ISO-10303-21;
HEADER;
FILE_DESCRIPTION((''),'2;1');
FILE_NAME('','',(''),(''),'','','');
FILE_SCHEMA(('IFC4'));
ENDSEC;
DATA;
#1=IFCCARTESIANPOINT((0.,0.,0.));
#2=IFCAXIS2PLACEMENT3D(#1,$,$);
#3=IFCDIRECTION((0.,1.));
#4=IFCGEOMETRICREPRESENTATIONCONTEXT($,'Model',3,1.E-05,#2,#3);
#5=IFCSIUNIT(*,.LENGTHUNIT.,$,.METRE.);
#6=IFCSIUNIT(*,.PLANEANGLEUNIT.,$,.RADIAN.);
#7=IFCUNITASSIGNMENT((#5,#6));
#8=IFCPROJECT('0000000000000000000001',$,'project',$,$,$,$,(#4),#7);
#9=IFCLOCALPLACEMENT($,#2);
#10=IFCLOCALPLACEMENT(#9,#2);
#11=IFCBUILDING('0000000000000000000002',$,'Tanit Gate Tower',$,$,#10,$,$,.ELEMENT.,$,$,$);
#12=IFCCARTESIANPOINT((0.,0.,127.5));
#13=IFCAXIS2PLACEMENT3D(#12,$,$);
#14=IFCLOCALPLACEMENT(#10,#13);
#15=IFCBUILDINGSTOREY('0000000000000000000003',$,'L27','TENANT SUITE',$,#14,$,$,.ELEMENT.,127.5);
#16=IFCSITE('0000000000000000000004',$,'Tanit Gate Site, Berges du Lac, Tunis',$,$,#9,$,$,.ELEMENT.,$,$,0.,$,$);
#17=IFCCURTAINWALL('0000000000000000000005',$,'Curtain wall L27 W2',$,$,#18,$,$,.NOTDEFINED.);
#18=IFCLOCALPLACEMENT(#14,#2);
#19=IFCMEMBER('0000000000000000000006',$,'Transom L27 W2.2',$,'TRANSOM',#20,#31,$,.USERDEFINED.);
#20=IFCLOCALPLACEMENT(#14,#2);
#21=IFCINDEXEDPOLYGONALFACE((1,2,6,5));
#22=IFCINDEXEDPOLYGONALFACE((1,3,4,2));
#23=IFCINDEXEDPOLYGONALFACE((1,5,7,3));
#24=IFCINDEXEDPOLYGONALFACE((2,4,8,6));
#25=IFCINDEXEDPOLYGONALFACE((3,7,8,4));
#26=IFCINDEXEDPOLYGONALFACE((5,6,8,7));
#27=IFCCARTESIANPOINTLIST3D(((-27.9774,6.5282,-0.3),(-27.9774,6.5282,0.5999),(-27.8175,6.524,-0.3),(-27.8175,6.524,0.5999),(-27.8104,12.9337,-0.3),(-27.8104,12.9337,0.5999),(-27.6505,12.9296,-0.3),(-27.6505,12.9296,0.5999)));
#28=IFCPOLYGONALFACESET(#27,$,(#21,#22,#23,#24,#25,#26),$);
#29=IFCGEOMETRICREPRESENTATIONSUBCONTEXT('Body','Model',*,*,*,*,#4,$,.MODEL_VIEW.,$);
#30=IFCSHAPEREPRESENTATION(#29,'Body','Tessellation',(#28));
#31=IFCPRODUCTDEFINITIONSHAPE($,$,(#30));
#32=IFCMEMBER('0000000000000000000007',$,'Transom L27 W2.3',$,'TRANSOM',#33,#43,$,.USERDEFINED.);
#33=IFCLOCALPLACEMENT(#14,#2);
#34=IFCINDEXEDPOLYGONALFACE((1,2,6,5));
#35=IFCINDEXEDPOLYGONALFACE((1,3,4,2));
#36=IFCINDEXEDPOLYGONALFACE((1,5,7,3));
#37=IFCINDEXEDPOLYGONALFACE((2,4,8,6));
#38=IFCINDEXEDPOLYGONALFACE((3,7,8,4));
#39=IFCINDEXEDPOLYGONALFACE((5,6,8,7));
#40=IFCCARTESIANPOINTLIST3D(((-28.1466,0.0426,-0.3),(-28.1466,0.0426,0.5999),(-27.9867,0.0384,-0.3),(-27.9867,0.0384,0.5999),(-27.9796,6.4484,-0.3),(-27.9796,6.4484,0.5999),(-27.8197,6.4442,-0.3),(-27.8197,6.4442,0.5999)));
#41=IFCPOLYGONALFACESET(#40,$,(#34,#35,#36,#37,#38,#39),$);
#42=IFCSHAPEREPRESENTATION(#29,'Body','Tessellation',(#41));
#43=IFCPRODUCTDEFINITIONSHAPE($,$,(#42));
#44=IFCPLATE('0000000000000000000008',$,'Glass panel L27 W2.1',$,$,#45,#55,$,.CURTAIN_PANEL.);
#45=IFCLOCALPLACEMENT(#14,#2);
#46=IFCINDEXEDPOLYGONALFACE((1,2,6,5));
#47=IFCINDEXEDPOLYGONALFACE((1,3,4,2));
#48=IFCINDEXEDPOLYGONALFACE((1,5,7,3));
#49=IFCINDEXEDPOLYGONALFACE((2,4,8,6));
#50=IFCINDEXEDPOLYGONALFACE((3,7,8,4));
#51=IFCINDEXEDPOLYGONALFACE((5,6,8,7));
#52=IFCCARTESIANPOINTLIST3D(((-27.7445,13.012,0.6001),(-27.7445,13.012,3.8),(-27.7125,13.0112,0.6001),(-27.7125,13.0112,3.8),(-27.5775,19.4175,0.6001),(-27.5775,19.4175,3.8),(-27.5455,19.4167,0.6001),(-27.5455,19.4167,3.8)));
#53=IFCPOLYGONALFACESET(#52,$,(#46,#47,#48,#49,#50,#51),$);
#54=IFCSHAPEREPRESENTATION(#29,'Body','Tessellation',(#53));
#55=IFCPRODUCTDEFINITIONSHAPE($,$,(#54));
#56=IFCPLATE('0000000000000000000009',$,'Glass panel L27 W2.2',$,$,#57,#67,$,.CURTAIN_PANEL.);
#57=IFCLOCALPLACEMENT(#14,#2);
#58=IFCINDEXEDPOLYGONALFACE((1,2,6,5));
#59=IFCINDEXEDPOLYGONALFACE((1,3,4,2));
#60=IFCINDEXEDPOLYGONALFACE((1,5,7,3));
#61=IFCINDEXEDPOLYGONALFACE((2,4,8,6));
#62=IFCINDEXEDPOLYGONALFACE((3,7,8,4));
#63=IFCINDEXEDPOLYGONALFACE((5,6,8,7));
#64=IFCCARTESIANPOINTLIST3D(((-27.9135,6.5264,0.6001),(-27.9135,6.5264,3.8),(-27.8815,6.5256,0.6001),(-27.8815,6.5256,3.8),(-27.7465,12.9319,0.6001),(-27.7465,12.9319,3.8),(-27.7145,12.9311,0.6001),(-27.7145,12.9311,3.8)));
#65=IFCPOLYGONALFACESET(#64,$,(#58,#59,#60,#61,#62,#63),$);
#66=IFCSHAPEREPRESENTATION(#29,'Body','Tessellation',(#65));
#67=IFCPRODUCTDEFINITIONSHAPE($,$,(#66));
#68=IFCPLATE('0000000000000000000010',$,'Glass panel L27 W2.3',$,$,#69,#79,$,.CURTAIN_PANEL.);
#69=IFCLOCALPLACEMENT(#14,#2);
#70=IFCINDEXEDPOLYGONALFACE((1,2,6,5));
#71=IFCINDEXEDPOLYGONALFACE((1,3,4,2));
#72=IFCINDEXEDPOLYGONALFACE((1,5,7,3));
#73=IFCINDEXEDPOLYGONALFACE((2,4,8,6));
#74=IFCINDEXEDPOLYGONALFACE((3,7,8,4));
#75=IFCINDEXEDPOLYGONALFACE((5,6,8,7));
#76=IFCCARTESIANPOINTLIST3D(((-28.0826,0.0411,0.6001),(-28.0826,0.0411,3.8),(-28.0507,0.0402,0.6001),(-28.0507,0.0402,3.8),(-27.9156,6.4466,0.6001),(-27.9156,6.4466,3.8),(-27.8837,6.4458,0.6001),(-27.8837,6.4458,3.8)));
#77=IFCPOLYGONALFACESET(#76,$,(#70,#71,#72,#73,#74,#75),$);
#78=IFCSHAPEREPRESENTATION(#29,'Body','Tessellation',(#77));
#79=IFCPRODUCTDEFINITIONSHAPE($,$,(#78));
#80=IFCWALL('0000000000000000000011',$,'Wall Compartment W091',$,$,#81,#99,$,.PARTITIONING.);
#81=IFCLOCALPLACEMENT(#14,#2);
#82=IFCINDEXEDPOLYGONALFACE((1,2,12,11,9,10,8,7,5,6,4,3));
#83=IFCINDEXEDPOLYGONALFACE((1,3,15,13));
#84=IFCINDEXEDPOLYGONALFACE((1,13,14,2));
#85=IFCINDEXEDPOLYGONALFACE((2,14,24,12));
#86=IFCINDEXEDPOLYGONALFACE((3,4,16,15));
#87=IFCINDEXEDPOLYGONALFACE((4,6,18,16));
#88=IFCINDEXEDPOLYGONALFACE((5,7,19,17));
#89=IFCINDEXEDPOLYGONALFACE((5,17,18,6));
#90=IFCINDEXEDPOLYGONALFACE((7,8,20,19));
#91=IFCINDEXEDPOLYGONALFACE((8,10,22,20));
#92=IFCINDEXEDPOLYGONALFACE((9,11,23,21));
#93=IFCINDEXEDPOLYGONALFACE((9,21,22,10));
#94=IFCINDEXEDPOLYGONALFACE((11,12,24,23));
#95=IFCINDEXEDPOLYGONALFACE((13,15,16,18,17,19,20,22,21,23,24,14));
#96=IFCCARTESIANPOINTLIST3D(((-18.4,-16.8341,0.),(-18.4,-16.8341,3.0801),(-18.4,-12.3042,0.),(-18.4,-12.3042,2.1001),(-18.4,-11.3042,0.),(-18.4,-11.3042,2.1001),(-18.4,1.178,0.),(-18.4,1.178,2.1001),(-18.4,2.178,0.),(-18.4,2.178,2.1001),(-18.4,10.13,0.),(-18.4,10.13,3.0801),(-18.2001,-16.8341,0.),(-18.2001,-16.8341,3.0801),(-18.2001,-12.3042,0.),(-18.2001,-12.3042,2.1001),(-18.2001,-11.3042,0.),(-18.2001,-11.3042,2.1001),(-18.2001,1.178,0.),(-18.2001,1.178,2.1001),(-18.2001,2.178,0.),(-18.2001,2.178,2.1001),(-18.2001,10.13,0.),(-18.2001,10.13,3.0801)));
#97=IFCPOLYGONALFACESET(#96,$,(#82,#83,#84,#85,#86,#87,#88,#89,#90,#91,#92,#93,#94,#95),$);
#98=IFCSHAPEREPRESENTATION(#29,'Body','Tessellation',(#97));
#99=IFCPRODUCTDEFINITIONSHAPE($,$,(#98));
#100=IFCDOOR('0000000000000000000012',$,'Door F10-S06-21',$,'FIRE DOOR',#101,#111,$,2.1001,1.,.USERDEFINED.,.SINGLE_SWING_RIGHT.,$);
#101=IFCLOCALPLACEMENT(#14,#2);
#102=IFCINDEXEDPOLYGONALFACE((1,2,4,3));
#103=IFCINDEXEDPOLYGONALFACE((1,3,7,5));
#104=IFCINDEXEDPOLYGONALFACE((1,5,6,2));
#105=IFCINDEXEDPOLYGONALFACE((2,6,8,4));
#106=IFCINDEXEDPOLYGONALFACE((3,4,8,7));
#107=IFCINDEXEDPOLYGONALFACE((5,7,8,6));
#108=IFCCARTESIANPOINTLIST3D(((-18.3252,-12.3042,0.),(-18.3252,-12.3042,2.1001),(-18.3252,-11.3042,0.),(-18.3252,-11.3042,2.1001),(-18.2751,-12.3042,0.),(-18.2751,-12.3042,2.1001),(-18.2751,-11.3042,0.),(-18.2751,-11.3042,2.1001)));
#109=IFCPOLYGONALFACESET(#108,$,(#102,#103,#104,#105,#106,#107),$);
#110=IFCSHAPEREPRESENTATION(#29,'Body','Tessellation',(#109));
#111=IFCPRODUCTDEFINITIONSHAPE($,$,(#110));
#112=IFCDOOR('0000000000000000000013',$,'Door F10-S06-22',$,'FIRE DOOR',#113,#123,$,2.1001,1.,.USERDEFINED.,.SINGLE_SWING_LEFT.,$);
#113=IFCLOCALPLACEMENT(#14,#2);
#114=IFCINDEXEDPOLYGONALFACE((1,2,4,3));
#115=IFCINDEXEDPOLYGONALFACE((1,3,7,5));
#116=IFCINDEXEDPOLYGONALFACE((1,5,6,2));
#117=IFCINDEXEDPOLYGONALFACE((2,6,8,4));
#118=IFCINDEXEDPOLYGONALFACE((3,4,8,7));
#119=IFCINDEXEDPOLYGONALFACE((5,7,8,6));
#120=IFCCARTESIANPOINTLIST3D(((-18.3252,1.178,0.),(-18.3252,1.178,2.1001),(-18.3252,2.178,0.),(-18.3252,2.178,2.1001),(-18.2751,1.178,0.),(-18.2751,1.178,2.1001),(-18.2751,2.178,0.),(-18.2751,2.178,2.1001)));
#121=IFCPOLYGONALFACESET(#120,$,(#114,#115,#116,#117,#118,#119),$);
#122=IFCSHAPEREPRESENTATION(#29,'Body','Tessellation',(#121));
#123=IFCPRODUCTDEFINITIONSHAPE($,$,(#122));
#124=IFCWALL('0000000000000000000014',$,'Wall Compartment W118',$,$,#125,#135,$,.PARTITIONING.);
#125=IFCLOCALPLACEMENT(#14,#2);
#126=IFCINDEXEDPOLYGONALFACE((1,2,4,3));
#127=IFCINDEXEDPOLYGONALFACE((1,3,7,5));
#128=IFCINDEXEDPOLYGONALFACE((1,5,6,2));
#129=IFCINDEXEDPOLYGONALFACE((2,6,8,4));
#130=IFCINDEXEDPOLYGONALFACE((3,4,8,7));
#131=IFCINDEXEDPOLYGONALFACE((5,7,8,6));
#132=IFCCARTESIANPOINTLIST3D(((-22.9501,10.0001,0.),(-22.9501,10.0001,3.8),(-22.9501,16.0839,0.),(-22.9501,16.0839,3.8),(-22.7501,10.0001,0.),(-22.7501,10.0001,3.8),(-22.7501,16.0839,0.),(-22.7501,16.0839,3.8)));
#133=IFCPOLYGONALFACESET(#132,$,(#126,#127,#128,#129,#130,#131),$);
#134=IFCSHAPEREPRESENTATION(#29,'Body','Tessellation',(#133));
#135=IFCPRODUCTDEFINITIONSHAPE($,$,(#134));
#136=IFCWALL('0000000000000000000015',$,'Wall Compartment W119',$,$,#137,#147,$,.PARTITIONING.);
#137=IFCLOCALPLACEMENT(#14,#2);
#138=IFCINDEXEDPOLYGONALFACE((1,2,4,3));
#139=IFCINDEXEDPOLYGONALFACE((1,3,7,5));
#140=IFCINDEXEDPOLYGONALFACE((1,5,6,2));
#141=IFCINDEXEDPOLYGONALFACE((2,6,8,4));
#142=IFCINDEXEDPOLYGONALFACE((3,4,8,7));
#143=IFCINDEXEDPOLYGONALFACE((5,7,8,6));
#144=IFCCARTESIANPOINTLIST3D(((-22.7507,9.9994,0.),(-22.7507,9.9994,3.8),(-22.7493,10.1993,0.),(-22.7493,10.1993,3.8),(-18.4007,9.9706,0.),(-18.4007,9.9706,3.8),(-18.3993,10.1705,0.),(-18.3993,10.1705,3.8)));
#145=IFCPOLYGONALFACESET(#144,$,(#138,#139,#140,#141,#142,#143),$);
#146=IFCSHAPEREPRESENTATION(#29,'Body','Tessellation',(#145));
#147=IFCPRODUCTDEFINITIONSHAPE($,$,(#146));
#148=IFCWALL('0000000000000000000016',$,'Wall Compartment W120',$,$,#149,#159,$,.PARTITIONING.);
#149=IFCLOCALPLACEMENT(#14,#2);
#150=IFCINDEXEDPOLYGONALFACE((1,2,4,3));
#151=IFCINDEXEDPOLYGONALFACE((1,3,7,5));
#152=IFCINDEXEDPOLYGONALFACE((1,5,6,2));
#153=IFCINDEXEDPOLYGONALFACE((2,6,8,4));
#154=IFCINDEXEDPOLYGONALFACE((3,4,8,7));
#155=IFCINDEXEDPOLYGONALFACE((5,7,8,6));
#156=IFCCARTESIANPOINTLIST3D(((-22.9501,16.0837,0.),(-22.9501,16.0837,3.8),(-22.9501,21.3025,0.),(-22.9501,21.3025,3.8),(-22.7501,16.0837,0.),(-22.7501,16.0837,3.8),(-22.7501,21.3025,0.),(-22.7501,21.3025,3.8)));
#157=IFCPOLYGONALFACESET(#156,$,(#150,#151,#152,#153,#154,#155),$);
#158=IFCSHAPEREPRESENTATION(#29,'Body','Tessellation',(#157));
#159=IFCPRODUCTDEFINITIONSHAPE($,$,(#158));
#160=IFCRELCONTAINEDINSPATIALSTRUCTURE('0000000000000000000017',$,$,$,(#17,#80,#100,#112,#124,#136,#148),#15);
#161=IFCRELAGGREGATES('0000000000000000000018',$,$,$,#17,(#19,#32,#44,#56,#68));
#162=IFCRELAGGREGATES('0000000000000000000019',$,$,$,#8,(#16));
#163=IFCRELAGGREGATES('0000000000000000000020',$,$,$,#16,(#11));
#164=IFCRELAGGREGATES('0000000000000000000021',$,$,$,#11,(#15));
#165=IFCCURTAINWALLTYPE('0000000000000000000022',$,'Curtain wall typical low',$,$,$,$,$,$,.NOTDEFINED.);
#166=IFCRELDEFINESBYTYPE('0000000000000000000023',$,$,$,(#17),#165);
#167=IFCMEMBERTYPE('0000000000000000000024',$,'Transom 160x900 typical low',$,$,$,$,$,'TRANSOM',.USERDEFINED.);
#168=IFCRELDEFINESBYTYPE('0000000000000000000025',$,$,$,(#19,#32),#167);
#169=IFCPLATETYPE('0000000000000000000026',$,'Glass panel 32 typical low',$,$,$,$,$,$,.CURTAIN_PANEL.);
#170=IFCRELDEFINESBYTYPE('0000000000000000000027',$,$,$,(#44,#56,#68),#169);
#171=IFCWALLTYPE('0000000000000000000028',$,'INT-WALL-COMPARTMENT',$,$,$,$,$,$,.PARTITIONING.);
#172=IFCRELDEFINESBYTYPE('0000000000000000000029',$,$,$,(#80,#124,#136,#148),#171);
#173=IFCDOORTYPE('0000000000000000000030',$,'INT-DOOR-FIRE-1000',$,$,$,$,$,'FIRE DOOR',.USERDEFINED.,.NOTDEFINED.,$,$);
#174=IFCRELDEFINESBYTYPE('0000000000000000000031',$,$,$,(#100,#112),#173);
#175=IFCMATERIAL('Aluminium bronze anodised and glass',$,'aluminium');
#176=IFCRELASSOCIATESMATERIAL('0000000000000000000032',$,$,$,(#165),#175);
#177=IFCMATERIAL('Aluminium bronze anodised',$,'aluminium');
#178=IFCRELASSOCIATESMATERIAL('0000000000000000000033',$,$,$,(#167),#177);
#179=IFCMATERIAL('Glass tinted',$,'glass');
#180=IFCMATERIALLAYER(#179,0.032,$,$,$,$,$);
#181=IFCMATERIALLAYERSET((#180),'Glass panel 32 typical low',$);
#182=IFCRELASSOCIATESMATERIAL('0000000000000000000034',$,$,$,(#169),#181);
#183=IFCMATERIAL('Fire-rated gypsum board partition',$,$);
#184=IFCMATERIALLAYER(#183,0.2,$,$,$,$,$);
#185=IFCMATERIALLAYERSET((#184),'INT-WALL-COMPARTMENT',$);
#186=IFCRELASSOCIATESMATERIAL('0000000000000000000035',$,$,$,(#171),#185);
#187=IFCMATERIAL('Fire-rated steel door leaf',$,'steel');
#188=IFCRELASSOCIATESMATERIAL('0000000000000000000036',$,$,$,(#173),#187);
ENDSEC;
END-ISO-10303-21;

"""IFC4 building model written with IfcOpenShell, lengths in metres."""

from ifc_helpers import new_model, si_unit, direction, frame, frame_2d, origin, origin_2d, place, context, subcontext, project, spatial, rectangle, extrude, material, layer, layer_set, material_profile, profile_set, type_object, element, fill, aggregate, save


model = new_model("IFC4")

# Units and contexts
model_context = context("Model", 3, precision=1e-05, world=origin(), true_north=direction((0.0, 1.0)))
body_context = subcontext(model_context, "Body", "Model", "MODEL_VIEW")
ifc_project = project(units=[si_unit("LENGTHUNIT", "METRE"), si_unit("PLANEANGLEUNIT", "RADIAN")], contexts=[model_context])

# Site, building, storey
site_placement = place(None, origin())
site = spatial("IfcSite", under=ifc_project, at=site_placement, Name="Tanit Gate Site, Berges du Lac, Tunis", CompositionType="ELEMENT", RefElevation=0.0)
building_placement = place(site_placement, origin())
building = spatial("IfcBuilding", under=site, at=building_placement, Name="Tanit Gate Tower", CompositionType="ELEMENT")
storey_placement = place(building_placement, frame((0.0, 0.0, 127.5)))
storey = spatial("IfcBuildingStorey", under=building, at=storey_placement, Name="L27", Description="TENANT SUITE", CompositionType="ELEMENT", Elevation=127.5)

# Curtain wall
ifc_material_1 = material(Name="Aluminium bronze anodised and glass", Category="aluminium")
curtain_wall_type = type_object("IfcCurtainWallType", Name="Curtain wall typical low", PredefinedType="NOTDEFINED", material=ifc_material_1)
curtain_wall_1_placement = place(storey_placement, origin())
curtain_wall_1 = element("IfcCurtainWall", 1, at=curtain_wall_1_placement, inside=storey, type_object=curtain_wall_type, Name="Curtain wall L27 W2", PredefinedType="NOTDEFINED")

# Members
ifc_material_2 = material(Name="Aluminium bronze anodised", Category="aluminium")
ifc_material_profile_1 = material_profile(ifc_material_2, rectangle(XDim=0.1599, YDim=0.8999, at=origin_2d()), Name="160x900 bronze transom")
ifc_profile_set_1 = profile_set([ifc_material_profile_1], Name="Aluminium bronze anodised")
member_type_1 = type_object("IfcMemberType", Name="Transom 160x900 typical low", ElementType="TRANSOM", PredefinedType="USERDEFINED", material=ifc_profile_set_1)
member_1_placement = place(storey_placement, frame((-27.7305, 12.9316, 0.1499), z_axis=(-0.026061, -0.99966, 0.0), x_axis=(0.99966, -0.026061, 0.0)))
member_1 = element("IfcMember", 2, at=member_1_placement, type_object=member_type_1, Name="Transom L27 W2.2", ObjectType="TRANSOM", PredefinedType="USERDEFINED", context=body_context, shape_type="SweptSolid", body=[
    extrude(rectangle(XDim=0.1599, YDim=0.8999, at=origin_2d()), origin(), (0.0, 0.0, 1.0), 6.4077),
])
member_2_placement = place(storey_placement, frame((-27.8997, 6.4463, 0.1499), z_axis=(-0.02606, -0.99966, 0.0), x_axis=(0.99966, -0.02606, 0.0)))
member_2 = element("IfcMember", 3, at=member_2_placement, type_object=member_type_1, Name="Transom L27 W2.3", ObjectType="TRANSOM", PredefinedType="USERDEFINED", context=body_context, shape_type="SweptSolid", body=[
    extrude(rectangle(XDim=0.1599, YDim=0.8999, at=origin_2d()), origin(), (0.0, 0.0, 1.0), 6.408),
])

# Plates
ifc_material_3 = material(Name="Glass tinted", Category="glass")
ifc_layer_1 = layer(ifc_material_3, 0.032)
ifc_layer_set_1 = layer_set([ifc_layer_1], Name="Glass panel 32 typical low")
plate_type = type_object("IfcPlateType", Name="Glass panel 32 typical low", PredefinedType="CURTAIN_PANEL", material=ifc_layer_set_1)
plate_1_placement = place(storey_placement, frame((-27.645, 16.2144, 0.6001), z_axis=(0.0, 0.0, 1.0), x_axis=(-0.026063, -0.99966, 0.0)))
plate_1 = element("IfcPlate", 4, at=plate_1_placement, type_object=plate_type, Name="Glass panel L27 W2.1", PredefinedType="CURTAIN_PANEL", context=body_context, shape_type="SweptSolid", body=[
    extrude(rectangle(XDim=6.4077, YDim=0.032, at=origin_2d()), origin(), (0.0, 0.0, 1.0), 3.2),
])
plate_2_placement = place(storey_placement, frame((-27.814, 9.7288, 0.6001), z_axis=(0.0, 0.0, 1.0), x_axis=(-0.026063, -0.99966, 0.0)))
plate_2 = element("IfcPlate", 5, at=plate_2_placement, type_object=plate_type, Name="Glass panel L27 W2.2", PredefinedType="CURTAIN_PANEL", context=body_context, shape_type="SweptSolid", body=[
    extrude(rectangle(XDim=6.4077, YDim=0.032, at=origin_2d()), origin(), (0.0, 0.0, 1.0), 3.2),
])
plate_3_placement = place(storey_placement, frame((-27.9832, 3.2434, 0.6001), z_axis=(0.0, 0.0, 1.0), x_axis=(-0.026063, -0.99966, 0.0)))
plate_3 = element("IfcPlate", 6, at=plate_3_placement, type_object=plate_type, Name="Glass panel L27 W2.3", PredefinedType="CURTAIN_PANEL", context=body_context, shape_type="SweptSolid", body=[
    extrude(rectangle(XDim=6.4077, YDim=0.032, at=origin_2d()), origin(), (0.0, 0.0, 1.0), 3.2),
])
aggregate(curtain_wall_1, [member_1, member_2, plate_1, plate_2, plate_3])

# Wall, openings, doors
ifc_material_4 = material(Name="Fire-rated gypsum board partition")
ifc_layer_2 = layer(ifc_material_4, 0.2)
ifc_layer_set_2 = layer_set([ifc_layer_2], Name="INT-WALL-COMPARTMENT")
wall_type_1 = type_object("IfcWallType", Name="INT-WALL-COMPARTMENT", PredefinedType="PARTITIONING", material=ifc_layer_set_2)
wall_1_placement = place(storey_placement, frame((-18.3, 10.1299, 0.0), z_axis=(0.0, 0.0, 1.0), x_axis=(0.0, -1.0, 0.0)))
wall_1 = element("IfcWall", 7, at=wall_1_placement, inside=storey, type_object=wall_type_1, Name="Wall Compartment W091", PredefinedType="PARTITIONING", context=body_context, shape_type="SweptSolid", body=[
    extrude(rectangle(XDim=26.9641, YDim=0.2, at=frame_2d((13.4819, 0.0))), origin(), (0.0, 0.0, 1.0), 3.0801),
])
opening_1_placement = place(wall_1_placement, frame((21.4341, 0.0, 0.0)))
opening_1 = element("IfcOpeningElement", 8, at=opening_1_placement, cuts=wall_1, PredefinedType="OPENING", context=body_context, shape_type="SweptSolid", body=[
    extrude(rectangle(XDim=1.0, YDim=2.1001, at=frame_2d((0.5, 1.05))), frame((0.0, 0.1099, 0.0), z_axis=(0.0, -1.0, 0.0), x_axis=(1.0, 0.0, 0.0)), (0.0, 0.0, 1.0), 0.22),
])
opening_2_placement = place(wall_1_placement, frame((7.9519, 0.0, 0.0)))
opening_2 = element("IfcOpeningElement", 9, at=opening_2_placement, cuts=wall_1, PredefinedType="OPENING", context=body_context, shape_type="SweptSolid", body=[
    extrude(rectangle(XDim=1.0, YDim=2.1001, at=frame_2d((0.5, 1.05))), frame((0.0, 0.1099, 0.0), z_axis=(0.0, -1.0, 0.0), x_axis=(1.0, 0.0, 0.0)), (0.0, 0.0, 1.0), 0.22),
])
ifc_material_5 = material(Name="Fire-rated steel door leaf", Category="steel")
door_type_1 = type_object("IfcDoorType", Name="INT-DOOR-FIRE-1000", ElementType="FIRE DOOR", OperationType="NOTDEFINED", PredefinedType="USERDEFINED", material=ifc_material_5)
door_1_placement = place(opening_1_placement, origin())
door_1 = element("IfcDoor", 10, at=door_1_placement, inside=storey, type_object=door_type_1, Name="Door F10-S06-21", ObjectType="FIRE DOOR", OperationType="SINGLE_SWING_RIGHT", OverallHeight=2.1001, OverallWidth=1.0, PredefinedType="USERDEFINED", context=body_context, shape_type="SweptSolid", body=[
    extrude(rectangle(XDim=1.0, YDim=2.1001, at=frame_2d((0.5, 1.05))), frame((0.0, 0.0249, 0.0), z_axis=(0.0, -1.0, 0.0), x_axis=(1.0, 0.0, 0.0)), (0.0, 0.0, 1.0), 0.05),
])
fill(opening_1, door_1)
door_2_placement = place(opening_2_placement, origin())
door_2 = element("IfcDoor", 11, at=door_2_placement, inside=storey, type_object=door_type_1, Name="Door F10-S06-22", ObjectType="FIRE DOOR", OperationType="SINGLE_SWING_LEFT", OverallHeight=2.1001, OverallWidth=1.0, PredefinedType="USERDEFINED", context=body_context, shape_type="SweptSolid", body=[
    extrude(rectangle(XDim=1.0, YDim=2.1001, at=frame_2d((0.5, 1.05))), frame((0.0, 0.0249, 0.0), z_axis=(0.0, -1.0, 0.0), x_axis=(1.0, 0.0, 0.0)), (0.0, 0.0, 1.0), 0.05),
])
fill(opening_2, door_2)

# Walls
wall_2_placement = place(storey_placement, frame((-22.8501, 10.0, 0.0), z_axis=(0.0, 0.0, 1.0), x_axis=(0.0, 1.0, 0.0)))
element("IfcWall", 12, at=wall_2_placement, inside=storey, type_object=wall_type_1, Name="Wall Compartment W118", PredefinedType="PARTITIONING", context=body_context, shape_type="SweptSolid", body=[
    extrude(rectangle(XDim=6.0837, YDim=0.2, at=frame_2d((3.042, 0.0))), origin(), (0.0, 0.0, 1.0), 3.8),
])
wall_3_placement = place(storey_placement, frame((-22.75, 10.0994, 0.0), z_axis=(0.0, 0.0, 1.0), x_axis=(0.999978, -0.006622, 0.0)))
element("IfcWall", 13, at=wall_3_placement, inside=storey, type_object=wall_type_1, Name="Wall Compartment W119", PredefinedType="PARTITIONING", context=body_context, shape_type="SweptSolid", body=[
    extrude(rectangle(XDim=4.3501, YDim=0.2, at=frame_2d((2.175, 0.0))), origin(), (0.0, 0.0, 1.0), 3.8),
])
wall_4_placement = place(storey_placement, frame((-22.8501, 16.0837, 0.0), z_axis=(0.0, 0.0, 1.0), x_axis=(0.0, 1.0, 0.0)))
element("IfcWall", 14, at=wall_4_placement, inside=storey, type_object=wall_type_1, Name="Wall Compartment W120", PredefinedType="PARTITIONING", context=body_context, shape_type="SweptSolid", body=[
    extrude(rectangle(XDim=5.2188, YDim=0.2, at=frame_2d((2.6094, 0.0))), origin(), (0.0, 0.0, 1.0), 3.8),
])

save(model, "model.ifc")
